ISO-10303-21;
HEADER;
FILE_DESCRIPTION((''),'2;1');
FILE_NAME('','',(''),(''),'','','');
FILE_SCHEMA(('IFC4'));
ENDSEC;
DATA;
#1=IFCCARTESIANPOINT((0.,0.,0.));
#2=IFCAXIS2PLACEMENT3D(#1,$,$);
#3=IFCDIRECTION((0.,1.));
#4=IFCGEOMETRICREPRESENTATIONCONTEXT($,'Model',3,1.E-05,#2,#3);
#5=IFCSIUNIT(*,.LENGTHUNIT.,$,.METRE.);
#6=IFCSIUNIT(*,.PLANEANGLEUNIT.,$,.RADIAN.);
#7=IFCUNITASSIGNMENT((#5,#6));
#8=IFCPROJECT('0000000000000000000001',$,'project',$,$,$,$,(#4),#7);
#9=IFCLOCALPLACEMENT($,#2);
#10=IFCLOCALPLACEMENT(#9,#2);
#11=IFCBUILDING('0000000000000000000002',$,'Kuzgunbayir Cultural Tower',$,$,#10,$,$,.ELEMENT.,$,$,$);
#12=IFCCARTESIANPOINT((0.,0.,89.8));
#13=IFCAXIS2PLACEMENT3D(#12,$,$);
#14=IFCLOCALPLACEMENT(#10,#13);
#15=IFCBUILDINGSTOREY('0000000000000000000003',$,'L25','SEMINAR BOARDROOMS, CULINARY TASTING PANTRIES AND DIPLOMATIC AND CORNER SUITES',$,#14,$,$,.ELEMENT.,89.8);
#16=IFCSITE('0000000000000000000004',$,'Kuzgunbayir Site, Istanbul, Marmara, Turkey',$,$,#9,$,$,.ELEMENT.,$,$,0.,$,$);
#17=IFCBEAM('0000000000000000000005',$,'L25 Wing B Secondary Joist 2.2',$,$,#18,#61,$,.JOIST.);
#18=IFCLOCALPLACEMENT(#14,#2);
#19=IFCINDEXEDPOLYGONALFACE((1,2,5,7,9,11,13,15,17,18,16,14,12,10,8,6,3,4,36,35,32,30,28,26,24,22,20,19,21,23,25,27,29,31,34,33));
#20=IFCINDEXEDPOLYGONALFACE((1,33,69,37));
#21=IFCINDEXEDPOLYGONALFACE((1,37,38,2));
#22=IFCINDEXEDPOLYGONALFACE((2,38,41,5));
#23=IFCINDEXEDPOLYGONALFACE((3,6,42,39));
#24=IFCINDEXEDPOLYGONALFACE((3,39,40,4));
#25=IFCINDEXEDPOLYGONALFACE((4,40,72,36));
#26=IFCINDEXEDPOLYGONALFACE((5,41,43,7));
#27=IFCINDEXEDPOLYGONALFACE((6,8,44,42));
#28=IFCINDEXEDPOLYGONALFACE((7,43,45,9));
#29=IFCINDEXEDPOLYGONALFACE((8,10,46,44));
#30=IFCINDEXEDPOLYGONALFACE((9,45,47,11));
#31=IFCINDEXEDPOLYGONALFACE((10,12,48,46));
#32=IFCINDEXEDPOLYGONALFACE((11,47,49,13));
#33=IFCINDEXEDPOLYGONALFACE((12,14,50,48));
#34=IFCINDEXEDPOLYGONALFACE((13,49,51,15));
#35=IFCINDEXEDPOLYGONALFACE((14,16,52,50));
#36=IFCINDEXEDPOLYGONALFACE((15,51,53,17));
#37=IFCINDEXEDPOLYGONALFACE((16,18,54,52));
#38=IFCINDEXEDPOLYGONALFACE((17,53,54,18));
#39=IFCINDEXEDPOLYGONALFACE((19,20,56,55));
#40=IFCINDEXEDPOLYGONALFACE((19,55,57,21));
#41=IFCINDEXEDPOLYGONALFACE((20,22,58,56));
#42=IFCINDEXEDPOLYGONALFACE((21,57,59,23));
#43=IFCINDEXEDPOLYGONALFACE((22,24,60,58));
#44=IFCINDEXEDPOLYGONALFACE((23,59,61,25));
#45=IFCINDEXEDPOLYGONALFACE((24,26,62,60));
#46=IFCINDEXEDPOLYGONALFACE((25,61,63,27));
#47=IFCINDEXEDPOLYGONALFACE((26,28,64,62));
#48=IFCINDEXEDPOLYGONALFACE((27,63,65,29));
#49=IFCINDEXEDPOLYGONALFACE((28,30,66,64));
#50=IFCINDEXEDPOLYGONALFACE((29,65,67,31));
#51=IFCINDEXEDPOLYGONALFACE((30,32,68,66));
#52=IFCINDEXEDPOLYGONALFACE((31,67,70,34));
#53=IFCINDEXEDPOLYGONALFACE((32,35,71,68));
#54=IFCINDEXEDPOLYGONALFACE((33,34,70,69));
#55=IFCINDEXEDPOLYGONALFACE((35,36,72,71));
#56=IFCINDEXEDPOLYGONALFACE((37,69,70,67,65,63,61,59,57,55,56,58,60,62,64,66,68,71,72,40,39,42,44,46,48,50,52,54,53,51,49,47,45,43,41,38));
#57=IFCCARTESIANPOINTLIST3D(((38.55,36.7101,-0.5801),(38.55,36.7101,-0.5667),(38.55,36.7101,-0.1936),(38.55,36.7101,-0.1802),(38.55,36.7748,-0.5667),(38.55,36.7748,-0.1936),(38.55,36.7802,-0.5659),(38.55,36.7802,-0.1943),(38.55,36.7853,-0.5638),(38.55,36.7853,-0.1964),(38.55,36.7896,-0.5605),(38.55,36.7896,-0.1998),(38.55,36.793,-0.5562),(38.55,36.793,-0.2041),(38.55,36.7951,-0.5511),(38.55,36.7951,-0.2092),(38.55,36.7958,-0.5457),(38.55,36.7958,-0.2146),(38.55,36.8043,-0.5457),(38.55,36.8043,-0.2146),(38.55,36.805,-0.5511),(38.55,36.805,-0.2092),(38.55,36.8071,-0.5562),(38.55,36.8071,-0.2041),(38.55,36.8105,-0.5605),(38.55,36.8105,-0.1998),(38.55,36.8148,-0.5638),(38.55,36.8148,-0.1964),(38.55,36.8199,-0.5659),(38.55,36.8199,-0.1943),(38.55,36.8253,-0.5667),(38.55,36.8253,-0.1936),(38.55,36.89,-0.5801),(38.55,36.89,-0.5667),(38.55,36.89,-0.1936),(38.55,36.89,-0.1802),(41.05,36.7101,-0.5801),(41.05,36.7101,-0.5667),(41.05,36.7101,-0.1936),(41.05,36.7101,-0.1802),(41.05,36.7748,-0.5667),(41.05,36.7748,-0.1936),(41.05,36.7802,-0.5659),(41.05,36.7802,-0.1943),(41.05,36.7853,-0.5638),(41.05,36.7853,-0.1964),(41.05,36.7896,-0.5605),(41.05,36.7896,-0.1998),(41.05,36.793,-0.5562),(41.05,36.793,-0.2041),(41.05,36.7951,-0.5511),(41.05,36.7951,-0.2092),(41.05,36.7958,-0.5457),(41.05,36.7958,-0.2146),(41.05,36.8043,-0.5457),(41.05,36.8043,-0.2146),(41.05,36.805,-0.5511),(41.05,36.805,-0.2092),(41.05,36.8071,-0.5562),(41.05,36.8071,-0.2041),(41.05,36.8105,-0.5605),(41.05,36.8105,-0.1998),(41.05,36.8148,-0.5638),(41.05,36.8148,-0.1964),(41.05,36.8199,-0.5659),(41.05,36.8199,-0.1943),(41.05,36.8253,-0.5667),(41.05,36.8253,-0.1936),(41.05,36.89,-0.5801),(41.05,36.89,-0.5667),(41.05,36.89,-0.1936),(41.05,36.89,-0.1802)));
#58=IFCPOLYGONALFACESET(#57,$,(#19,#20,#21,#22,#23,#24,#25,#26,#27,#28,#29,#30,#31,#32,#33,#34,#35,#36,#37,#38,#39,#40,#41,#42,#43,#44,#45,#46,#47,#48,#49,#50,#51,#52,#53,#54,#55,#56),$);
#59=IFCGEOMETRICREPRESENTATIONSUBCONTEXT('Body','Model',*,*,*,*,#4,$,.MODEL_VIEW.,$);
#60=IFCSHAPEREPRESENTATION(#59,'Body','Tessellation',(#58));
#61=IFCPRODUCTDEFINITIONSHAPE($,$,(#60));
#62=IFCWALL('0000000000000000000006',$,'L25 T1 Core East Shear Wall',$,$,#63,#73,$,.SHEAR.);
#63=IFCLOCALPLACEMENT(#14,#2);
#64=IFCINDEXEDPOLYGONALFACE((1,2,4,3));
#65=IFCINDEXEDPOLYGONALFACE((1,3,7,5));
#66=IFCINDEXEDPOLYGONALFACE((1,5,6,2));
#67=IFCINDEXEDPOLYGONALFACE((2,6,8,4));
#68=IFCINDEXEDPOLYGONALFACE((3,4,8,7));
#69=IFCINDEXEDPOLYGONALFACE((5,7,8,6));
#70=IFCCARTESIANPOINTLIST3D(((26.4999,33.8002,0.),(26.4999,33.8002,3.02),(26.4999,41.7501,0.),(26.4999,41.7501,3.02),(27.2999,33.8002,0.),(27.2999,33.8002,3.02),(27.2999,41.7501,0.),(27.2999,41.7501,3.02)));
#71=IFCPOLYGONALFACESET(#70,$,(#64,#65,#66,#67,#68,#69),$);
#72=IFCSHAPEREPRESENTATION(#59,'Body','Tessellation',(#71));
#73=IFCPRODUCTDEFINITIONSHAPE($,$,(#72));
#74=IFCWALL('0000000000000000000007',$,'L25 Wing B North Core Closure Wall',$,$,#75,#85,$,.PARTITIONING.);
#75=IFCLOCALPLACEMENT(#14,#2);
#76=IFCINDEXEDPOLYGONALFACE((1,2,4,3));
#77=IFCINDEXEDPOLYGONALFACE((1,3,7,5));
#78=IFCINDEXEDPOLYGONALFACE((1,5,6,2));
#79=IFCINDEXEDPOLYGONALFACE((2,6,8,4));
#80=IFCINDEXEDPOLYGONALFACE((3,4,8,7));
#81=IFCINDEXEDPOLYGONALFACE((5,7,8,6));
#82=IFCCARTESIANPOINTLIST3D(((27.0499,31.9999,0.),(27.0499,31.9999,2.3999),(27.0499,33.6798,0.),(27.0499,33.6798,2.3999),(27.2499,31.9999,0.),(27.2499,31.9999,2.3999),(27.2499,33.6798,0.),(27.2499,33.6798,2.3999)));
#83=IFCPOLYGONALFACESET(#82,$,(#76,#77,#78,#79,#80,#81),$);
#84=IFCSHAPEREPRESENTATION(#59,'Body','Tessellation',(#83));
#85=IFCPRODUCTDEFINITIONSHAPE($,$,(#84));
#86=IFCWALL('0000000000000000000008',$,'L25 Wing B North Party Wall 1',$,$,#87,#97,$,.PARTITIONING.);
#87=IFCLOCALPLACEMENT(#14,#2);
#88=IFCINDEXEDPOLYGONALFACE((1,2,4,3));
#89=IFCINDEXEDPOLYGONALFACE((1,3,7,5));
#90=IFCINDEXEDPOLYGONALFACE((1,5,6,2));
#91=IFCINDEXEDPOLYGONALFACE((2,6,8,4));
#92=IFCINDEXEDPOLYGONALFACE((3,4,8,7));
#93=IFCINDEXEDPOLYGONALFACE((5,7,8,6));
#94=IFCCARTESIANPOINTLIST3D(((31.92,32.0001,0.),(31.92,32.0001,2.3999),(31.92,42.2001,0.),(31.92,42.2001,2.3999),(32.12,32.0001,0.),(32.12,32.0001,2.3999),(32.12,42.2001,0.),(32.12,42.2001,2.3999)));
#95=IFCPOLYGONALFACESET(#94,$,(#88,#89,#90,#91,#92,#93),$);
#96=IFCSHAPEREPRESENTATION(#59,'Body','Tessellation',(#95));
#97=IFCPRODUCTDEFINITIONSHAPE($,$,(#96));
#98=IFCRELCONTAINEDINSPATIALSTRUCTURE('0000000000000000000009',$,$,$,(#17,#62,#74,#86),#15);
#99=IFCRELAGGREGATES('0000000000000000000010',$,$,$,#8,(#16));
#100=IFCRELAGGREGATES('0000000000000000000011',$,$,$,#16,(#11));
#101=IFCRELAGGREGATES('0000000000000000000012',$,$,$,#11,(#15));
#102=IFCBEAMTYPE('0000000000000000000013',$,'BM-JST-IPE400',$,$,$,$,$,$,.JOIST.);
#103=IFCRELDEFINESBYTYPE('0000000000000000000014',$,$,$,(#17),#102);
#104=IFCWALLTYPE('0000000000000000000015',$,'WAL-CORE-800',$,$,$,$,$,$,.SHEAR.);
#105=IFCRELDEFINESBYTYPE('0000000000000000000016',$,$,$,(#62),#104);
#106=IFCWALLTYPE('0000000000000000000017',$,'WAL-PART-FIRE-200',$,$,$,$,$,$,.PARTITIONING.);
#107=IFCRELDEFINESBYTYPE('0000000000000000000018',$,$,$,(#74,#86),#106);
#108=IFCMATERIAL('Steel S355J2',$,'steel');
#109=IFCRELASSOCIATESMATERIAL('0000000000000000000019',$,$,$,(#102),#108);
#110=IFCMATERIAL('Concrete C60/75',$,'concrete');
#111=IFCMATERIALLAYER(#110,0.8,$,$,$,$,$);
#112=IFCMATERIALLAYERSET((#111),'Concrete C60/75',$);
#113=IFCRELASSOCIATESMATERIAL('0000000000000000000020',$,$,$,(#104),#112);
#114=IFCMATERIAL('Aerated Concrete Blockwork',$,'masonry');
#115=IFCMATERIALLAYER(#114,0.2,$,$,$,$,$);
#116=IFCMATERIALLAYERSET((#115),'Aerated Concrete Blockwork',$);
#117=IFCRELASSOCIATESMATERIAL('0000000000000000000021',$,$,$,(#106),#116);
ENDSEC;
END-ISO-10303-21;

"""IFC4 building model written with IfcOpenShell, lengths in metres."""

from ifc_helpers import new_model, si_unit, direction, frame, frame_2d, origin, origin_2d, place, context, subcontext, project, spatial, rectangle, i_section, extrude, material, layer, layer_set, material_profile, profile_set, type_object, element, save


model = new_model("IFC4")

# Units and contexts
model_context = context("Model", 3, precision=1e-05, world=origin(), true_north=direction((0.0, 1.0)))
body_context = subcontext(model_context, "Body", "Model", "MODEL_VIEW")
ifc_project = project(units=[si_unit("LENGTHUNIT", "METRE"), si_unit("PLANEANGLEUNIT", "RADIAN")], contexts=[model_context])

# Site, building, storey
site_placement = place(None, origin())
site = spatial("IfcSite", under=ifc_project, at=site_placement, Name="Kuzgunbayir Site, Istanbul, Marmara, Turkey", CompositionType="ELEMENT", RefElevation=0.0)
building_placement = place(site_placement, origin())
building = spatial("IfcBuilding", under=site, at=building_placement, Name="Kuzgunbayir Cultural Tower", CompositionType="ELEMENT")
storey_placement = place(building_placement, frame((0.0, 0.0, 89.8)))
storey = spatial("IfcBuildingStorey", under=building, at=storey_placement, Name="L25", Description="SEMINAR BOARDROOMS, CULINARY TASTING PANTRIES AND DIPLOMATIC AND CORNER SUITES", CompositionType="ELEMENT", Elevation=89.8)

# Shared definitions
ifc_material_1 = material(Name="Concrete C60/75", Category="concrete")

# Beam
ifc_material_2 = material(Name="Steel S355J2", Category="steel")
ifc_material_profile_1 = material_profile(ifc_material_2, i_section(OverallWidth=0.1799, OverallDepth=0.3999, WebThickness=0.0085, FlangeThickness=0.0134, FilletRadius=0.021, at=origin_2d()), Name="IPE 400")
ifc_profile_set_1 = profile_set([ifc_material_profile_1], Name="Steel S355J2")
beam_type_1 = type_object("IfcBeamType", Name="BM-JST-IPE400", PredefinedType="JOIST", material=ifc_profile_set_1)
for number, where, z_axis, x_axis, name in (
    (1, (38.55, 36.8, -0.3801), (1.0, 0.0, 0.0), (0.0, 1.0, 0.0), "L25 Wing B Secondary Joist 2.2"),
):
    element("IfcBeam", number, at=place(storey_placement, frame(where, z_axis=z_axis, x_axis=x_axis)), inside=storey, type_object=beam_type_1, Name=name, PredefinedType="JOIST", context=body_context, shape_type="SweptSolid", body=[
        extrude(i_section(OverallWidth=0.1799, OverallDepth=0.3999, WebThickness=0.0085, FlangeThickness=0.0134, FilletRadius=0.021, at=origin_2d()), origin(), (0.0, 0.0, 1.0), 2.5),
    ])

# Wall
ifc_layer_1 = layer(ifc_material_1, 0.8)
ifc_layer_set_1 = layer_set([ifc_layer_1], Name="Concrete C60/75")
wall_type_1 = type_object("IfcWallType", Name="WAL-CORE-800", PredefinedType="SHEAR", material=ifc_layer_set_1)
wall_1_placement = place(storey_placement, frame((26.8999, 33.8, 0.0), z_axis=(0.0, 0.0, 1.0), x_axis=(0.0, 1.0, 0.0)))
element("IfcWall", 2, at=wall_1_placement, inside=storey, type_object=wall_type_1, Name="L25 T1 Core East Shear Wall", PredefinedType="SHEAR", context=body_context, shape_type="SweptSolid", body=[
    extrude(rectangle(XDim=7.95, YDim=0.8, at=frame_2d((3.9751, 0.0))), origin(), (0.0, 0.0, 1.0), 3.02),
])

# Shared definitions
ifc_material_3 = material(Name="Aerated Concrete Blockwork", Category="masonry")
ifc_layer_2 = layer(ifc_material_3, 0.2)
ifc_layer_set_2 = layer_set([ifc_layer_2], Name="Aerated Concrete Blockwork")
wall_type_2 = type_object("IfcWallType", Name="WAL-PART-FIRE-200", PredefinedType="PARTITIONING", material=ifc_layer_set_2)

# Walls
wall_2_placement = place(storey_placement, frame((27.1499, 32.0, 0.0), z_axis=(0.0, 0.0, 1.0), x_axis=(0.0, 1.0, 0.0)))
element("IfcWall", 3, at=wall_2_placement, inside=storey, type_object=wall_type_2, Name="L25 Wing B North Core Closure Wall", PredefinedType="PARTITIONING", context=body_context, shape_type="SweptSolid", body=[
    extrude(rectangle(XDim=1.6799, YDim=0.2, at=frame_2d((0.8398, 0.0))), origin(), (0.0, 0.0, 1.0), 2.3999),
])
wall_3_placement = place(storey_placement, frame((32.02, 32.0, 0.0), z_axis=(0.0, 0.0, 1.0), x_axis=(0.0, 1.0, 0.0)))
element("IfcWall", 4, at=wall_3_placement, inside=storey, type_object=wall_type_2, Name="L25 Wing B North Party Wall 1", PredefinedType="PARTITIONING", context=body_context, shape_type="SweptSolid", body=[
    extrude(rectangle(XDim=10.2, YDim=0.2, at=frame_2d((5.1001, 0.0))), origin(), (0.0, 0.0, 1.0), 2.3999),
])

save(model, "model.ifc")
